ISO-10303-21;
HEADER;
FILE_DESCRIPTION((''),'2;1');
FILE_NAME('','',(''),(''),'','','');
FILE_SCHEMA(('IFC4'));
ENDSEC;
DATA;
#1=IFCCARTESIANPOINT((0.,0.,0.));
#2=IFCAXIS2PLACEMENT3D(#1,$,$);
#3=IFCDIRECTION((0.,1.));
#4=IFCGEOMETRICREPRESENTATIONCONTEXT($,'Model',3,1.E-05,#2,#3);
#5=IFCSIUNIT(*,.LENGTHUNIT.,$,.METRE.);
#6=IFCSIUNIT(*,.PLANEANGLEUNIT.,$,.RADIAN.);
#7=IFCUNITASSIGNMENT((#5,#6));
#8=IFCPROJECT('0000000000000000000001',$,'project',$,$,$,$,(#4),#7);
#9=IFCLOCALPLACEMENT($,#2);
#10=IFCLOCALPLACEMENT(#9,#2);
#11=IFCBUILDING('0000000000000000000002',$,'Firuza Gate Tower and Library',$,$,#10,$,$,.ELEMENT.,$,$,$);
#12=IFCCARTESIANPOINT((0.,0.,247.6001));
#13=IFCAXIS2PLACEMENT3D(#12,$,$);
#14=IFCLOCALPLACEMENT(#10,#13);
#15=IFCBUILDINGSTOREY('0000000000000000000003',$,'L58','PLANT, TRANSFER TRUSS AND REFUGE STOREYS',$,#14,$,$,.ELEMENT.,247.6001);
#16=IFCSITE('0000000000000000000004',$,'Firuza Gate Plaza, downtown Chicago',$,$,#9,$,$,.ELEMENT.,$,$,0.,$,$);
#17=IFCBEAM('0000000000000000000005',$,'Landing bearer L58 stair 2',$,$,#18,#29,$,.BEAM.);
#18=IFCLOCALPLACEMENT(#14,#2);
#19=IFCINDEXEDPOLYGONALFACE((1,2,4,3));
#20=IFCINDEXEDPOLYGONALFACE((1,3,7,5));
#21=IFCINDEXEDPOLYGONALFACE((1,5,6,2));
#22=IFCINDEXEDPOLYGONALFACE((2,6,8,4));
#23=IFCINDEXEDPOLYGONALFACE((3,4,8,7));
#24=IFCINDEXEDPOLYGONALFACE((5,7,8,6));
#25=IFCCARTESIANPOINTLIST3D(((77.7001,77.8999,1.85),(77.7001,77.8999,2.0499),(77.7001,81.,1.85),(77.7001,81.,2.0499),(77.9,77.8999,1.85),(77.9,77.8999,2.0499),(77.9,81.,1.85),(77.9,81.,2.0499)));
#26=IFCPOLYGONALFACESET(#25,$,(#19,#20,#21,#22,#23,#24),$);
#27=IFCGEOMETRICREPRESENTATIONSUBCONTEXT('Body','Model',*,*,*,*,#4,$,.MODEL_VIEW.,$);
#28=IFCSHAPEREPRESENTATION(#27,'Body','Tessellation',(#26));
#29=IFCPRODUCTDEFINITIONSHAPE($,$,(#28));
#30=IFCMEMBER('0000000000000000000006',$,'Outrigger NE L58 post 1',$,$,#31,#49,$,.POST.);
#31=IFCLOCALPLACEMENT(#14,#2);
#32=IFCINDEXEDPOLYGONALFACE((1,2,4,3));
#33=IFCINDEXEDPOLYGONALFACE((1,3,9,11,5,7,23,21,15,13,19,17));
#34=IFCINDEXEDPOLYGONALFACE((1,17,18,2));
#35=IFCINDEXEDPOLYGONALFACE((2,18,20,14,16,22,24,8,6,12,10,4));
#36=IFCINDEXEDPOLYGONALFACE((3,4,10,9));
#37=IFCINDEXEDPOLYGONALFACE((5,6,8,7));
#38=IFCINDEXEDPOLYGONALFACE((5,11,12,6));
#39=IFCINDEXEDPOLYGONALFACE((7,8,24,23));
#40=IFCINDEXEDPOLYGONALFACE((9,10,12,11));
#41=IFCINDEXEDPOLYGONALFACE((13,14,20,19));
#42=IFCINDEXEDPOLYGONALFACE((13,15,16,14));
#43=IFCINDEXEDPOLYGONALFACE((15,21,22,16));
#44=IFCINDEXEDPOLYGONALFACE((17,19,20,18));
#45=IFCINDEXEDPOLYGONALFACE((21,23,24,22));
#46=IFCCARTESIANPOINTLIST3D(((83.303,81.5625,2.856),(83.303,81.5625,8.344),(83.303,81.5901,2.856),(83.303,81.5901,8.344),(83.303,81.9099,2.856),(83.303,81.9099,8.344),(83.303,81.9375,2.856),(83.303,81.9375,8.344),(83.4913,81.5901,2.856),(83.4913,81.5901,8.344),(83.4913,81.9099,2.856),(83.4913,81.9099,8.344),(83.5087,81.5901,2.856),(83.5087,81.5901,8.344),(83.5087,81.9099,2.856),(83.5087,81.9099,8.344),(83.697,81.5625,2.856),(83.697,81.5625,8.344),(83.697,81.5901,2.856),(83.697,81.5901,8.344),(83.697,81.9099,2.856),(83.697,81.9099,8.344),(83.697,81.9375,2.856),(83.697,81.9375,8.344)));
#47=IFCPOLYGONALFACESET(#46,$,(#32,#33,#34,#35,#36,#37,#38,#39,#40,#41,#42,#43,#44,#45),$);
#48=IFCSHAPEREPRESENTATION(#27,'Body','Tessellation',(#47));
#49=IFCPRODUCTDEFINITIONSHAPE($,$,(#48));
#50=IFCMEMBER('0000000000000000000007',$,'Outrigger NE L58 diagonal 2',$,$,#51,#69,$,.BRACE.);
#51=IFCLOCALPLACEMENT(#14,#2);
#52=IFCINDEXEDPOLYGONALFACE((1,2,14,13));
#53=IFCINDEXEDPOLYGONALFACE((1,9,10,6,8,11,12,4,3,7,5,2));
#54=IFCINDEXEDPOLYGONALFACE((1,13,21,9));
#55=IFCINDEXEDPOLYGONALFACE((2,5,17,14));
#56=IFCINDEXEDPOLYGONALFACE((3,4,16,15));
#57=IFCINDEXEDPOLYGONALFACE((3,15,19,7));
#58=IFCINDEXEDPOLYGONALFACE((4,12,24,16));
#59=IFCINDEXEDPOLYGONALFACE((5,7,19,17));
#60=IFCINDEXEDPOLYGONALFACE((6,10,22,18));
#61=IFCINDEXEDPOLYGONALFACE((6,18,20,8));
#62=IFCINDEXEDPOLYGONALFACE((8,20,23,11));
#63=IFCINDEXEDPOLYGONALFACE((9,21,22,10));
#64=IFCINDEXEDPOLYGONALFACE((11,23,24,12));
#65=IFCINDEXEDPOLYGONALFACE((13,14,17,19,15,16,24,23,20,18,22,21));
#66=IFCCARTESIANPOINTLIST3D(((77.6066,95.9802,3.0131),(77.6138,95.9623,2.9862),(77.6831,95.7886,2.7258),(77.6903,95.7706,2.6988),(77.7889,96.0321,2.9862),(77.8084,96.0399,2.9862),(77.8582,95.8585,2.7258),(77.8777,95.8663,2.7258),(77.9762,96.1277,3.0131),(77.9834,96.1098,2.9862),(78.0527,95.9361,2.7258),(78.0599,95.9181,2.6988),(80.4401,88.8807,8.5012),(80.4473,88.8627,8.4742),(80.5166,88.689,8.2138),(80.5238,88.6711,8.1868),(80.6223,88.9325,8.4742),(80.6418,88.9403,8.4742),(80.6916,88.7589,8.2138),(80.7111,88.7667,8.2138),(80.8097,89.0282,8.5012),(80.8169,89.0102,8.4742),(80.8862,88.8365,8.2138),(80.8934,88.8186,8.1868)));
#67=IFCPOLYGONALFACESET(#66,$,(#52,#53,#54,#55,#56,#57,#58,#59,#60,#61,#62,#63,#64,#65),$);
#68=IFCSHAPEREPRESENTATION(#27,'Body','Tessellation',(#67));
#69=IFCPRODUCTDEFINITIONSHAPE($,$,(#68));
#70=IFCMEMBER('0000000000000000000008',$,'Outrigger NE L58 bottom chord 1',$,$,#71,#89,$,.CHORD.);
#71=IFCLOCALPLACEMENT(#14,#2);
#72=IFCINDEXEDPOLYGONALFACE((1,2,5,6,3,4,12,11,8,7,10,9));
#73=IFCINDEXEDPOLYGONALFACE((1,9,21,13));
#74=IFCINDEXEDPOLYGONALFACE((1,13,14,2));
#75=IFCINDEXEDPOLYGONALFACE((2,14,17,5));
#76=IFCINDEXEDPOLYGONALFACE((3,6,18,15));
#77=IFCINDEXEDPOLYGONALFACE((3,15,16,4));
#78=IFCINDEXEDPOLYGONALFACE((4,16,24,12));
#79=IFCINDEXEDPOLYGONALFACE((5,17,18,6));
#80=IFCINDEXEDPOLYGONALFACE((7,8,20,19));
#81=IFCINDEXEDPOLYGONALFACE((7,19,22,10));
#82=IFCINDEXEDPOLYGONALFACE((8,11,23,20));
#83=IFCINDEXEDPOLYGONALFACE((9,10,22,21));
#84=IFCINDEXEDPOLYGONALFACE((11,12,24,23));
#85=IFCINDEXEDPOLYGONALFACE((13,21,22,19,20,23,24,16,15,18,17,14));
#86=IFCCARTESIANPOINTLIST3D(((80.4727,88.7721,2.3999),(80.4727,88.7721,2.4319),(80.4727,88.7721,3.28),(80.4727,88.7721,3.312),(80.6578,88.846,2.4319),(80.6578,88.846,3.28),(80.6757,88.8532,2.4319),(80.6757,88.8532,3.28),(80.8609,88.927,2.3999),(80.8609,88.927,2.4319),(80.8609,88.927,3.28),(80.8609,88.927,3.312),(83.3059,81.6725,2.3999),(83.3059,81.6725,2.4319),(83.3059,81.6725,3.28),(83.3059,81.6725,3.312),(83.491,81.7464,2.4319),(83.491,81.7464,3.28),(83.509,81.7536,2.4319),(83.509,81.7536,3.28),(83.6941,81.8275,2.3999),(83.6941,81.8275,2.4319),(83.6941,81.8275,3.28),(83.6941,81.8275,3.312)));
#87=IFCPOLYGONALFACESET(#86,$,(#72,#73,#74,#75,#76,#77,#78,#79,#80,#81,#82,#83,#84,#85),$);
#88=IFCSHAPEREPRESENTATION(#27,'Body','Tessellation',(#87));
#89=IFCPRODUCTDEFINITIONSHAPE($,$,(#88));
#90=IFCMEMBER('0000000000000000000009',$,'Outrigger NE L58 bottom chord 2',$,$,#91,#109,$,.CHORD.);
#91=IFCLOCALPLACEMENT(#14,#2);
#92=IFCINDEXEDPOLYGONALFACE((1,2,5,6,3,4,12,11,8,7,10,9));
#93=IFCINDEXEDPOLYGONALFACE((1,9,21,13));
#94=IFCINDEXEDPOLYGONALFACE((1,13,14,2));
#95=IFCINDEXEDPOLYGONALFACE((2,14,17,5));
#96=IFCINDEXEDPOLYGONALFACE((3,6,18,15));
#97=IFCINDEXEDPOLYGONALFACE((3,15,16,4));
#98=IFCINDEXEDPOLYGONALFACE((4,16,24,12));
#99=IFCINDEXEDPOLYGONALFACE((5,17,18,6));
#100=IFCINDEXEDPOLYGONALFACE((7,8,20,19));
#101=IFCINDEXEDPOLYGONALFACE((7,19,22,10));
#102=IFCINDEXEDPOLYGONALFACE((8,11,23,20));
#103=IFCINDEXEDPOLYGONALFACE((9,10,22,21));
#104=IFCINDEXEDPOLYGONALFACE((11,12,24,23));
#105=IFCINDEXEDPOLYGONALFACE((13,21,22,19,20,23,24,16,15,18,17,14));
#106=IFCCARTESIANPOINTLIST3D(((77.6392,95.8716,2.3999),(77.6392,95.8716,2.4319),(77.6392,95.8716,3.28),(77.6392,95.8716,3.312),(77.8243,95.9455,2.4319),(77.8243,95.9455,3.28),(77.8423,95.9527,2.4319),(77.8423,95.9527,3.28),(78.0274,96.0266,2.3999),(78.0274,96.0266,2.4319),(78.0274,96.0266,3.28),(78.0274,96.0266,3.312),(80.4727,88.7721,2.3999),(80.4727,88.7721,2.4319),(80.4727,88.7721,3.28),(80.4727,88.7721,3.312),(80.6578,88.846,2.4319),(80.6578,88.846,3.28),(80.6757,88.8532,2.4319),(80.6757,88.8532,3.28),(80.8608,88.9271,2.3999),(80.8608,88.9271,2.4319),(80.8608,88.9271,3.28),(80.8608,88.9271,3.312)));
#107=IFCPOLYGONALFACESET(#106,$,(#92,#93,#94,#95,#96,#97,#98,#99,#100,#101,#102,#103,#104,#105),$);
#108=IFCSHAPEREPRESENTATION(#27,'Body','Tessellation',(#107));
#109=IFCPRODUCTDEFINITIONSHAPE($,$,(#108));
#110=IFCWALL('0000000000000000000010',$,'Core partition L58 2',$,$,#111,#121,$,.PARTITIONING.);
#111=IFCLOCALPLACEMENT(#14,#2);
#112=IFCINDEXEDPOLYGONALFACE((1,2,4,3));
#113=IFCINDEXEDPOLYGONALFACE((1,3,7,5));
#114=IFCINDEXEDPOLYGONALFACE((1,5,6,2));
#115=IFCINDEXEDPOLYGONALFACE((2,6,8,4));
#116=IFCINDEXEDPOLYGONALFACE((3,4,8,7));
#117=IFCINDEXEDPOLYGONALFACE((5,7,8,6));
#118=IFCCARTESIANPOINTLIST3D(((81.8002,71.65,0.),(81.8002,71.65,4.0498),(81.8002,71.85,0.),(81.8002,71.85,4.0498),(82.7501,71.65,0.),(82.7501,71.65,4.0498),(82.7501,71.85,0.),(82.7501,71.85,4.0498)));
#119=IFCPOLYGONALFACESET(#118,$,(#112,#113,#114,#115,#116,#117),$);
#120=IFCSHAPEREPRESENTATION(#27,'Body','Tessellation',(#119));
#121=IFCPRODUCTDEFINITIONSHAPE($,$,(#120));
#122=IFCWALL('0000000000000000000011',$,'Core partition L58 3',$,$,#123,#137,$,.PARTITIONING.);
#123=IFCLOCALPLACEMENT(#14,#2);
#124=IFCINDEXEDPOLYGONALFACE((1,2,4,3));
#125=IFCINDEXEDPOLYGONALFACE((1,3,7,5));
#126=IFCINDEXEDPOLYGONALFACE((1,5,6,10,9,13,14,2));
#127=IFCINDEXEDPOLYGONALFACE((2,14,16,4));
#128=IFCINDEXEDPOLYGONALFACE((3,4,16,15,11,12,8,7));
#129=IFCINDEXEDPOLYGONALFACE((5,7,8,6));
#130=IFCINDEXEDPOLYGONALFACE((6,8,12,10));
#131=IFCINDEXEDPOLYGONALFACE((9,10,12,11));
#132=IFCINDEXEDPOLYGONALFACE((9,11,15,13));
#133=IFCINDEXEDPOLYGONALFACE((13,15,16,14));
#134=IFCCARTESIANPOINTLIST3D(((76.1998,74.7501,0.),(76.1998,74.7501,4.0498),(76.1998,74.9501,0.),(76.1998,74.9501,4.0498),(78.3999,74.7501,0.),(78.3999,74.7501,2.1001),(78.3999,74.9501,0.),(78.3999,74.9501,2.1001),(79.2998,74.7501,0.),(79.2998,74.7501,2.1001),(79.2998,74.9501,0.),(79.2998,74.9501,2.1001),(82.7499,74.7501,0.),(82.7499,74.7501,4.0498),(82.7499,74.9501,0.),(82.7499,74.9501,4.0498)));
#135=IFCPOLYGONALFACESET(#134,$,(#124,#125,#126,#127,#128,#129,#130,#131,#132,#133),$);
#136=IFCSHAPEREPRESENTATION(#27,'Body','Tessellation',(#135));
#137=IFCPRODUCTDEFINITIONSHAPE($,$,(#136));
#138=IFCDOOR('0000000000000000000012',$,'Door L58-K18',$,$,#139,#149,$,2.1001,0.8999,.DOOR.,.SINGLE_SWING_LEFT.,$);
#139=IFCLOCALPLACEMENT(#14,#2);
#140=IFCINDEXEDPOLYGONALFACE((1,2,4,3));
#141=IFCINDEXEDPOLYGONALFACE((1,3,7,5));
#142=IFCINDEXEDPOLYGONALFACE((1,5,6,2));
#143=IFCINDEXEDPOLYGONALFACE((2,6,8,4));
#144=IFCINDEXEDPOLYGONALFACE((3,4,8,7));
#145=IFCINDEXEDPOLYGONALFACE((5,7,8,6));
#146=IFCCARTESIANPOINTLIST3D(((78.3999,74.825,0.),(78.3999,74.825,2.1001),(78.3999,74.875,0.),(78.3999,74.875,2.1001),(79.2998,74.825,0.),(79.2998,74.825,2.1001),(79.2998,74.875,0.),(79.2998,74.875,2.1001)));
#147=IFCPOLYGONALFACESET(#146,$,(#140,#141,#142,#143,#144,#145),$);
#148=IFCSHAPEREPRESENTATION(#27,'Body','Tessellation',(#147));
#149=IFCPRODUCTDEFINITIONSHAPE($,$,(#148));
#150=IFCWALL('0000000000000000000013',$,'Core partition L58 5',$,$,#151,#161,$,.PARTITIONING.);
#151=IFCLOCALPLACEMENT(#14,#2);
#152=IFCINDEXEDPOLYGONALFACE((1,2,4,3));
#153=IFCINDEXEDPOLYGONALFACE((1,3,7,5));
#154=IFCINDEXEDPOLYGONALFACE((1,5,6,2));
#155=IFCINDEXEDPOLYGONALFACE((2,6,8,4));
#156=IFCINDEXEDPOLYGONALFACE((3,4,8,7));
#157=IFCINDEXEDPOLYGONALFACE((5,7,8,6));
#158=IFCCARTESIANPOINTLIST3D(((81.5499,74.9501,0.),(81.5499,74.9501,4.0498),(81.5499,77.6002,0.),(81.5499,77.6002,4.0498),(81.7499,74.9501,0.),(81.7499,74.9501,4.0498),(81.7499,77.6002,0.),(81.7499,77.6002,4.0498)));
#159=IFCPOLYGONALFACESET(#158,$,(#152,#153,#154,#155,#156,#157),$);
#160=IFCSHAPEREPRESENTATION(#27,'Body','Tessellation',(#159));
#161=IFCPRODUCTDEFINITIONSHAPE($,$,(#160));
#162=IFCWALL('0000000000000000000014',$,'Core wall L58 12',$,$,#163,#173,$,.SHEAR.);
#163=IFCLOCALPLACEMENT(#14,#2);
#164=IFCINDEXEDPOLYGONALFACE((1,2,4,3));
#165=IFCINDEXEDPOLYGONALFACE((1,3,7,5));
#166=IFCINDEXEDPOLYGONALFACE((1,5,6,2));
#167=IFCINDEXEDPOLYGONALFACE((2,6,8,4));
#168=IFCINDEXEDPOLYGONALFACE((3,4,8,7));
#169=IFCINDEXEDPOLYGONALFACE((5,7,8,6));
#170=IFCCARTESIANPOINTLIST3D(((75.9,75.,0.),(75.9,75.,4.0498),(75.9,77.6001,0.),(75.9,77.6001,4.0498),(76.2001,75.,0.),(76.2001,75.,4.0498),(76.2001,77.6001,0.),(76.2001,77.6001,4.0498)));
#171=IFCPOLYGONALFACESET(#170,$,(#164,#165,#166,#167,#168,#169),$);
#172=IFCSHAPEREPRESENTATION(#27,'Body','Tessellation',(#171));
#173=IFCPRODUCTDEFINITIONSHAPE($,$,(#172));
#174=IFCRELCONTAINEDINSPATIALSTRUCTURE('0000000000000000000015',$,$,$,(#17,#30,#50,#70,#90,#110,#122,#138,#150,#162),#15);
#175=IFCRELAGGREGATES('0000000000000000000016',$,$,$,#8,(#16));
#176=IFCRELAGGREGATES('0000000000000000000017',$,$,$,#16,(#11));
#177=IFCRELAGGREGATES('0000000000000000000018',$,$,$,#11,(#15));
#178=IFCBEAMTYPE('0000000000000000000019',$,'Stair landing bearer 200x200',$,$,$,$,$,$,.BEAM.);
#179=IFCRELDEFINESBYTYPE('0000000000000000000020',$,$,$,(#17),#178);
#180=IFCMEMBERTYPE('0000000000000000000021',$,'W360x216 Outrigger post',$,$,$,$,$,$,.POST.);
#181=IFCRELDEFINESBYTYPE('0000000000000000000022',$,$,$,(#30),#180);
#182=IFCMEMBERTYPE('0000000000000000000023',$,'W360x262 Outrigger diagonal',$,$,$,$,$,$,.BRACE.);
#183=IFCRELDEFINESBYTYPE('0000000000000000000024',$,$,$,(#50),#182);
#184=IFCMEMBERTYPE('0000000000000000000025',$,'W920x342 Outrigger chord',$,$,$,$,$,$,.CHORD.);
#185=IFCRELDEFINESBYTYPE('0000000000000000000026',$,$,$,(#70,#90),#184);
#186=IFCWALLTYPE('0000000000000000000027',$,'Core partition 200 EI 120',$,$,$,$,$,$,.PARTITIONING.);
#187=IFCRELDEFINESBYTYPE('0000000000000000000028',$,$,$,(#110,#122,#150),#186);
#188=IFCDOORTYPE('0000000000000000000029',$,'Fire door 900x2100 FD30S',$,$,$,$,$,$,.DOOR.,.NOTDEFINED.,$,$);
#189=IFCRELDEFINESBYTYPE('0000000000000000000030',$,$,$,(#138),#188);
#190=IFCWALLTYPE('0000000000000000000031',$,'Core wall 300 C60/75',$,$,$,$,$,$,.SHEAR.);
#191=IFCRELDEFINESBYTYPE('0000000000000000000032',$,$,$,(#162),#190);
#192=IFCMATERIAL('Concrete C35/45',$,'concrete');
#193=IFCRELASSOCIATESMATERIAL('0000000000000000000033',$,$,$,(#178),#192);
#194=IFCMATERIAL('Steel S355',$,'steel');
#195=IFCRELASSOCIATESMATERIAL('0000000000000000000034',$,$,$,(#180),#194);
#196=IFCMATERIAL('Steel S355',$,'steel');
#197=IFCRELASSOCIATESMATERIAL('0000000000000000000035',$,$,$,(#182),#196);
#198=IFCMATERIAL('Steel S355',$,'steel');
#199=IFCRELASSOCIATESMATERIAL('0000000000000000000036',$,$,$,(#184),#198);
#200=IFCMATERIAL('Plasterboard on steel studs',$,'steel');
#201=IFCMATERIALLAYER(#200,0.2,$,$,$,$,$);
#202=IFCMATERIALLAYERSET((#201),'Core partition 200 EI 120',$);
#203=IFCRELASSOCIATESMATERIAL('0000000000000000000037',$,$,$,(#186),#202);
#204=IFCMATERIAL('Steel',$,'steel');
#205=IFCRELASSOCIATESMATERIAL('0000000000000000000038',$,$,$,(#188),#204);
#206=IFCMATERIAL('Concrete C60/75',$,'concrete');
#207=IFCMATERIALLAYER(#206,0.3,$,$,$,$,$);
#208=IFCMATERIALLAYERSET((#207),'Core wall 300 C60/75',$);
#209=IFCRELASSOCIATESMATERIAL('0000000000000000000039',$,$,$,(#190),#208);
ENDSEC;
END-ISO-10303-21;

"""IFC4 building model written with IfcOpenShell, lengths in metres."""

from ifc_helpers import new_model, si_unit, direction, frame, frame_2d, origin, origin_2d, place, context, subcontext, project, spatial, rectangle, i_section, extrude, material, layer, layer_set, material_profile, profile_set, type_object, element, fill, save


model = new_model("IFC4")

# Units and contexts
model_context = context("Model", 3, precision=1e-05, world=origin(), true_north=direction((0.0, 1.0)))
body_context = subcontext(model_context, "Body", "Model", "MODEL_VIEW")
ifc_project = project(units=[si_unit("LENGTHUNIT", "METRE"), si_unit("PLANEANGLEUNIT", "RADIAN")], contexts=[model_context])

# Site, building, storey
site_placement = place(None, origin())
site = spatial("IfcSite", under=ifc_project, at=site_placement, Name="Firuza Gate Plaza, downtown Chicago", CompositionType="ELEMENT", RefElevation=0.0)
building_placement = place(site_placement, origin())
building = spatial("IfcBuilding", under=site, at=building_placement, Name="Firuza Gate Tower and Library", CompositionType="ELEMENT")
storey_placement = place(building_placement, frame((0.0, 0.0, 247.6001)))
storey = spatial("IfcBuildingStorey", under=building, at=storey_placement, Name="L58", Description="PLANT, TRANSFER TRUSS AND REFUGE STOREYS", CompositionType="ELEMENT", Elevation=247.6001)

# Beam
ifc_material_1 = material(Name="Concrete C35/45", Category="concrete")
ifc_material_profile_1 = material_profile(ifc_material_1, rectangle(XDim=0.2, YDim=0.2, at=origin_2d()))
ifc_profile_set_1 = profile_set([ifc_material_profile_1], Name="Concrete C35/45")
beam_type = type_object("IfcBeamType", Name="Stair landing bearer 200x200", PredefinedType="BEAM", material=ifc_profile_set_1)
beam_placement = place(storey_placement, frame((77.8, 81.0, 1.95), z_axis=(0.0, -1.0, 0.0), x_axis=(1.0, 0.0, 0.0)))
element("IfcBeam", 1, at=beam_placement, inside=storey, type_object=beam_type, Name="Landing bearer L58 stair 2", PredefinedType="BEAM", context=body_context, shape_type="SweptSolid", body=[
    extrude(rectangle(XDim=0.2, YDim=0.2, at=origin_2d()), origin(), (0.0, 0.0, 1.0), 3.1001),
])

# Members
ifc_material_2 = material(Name="Steel S355", Category="steel")
ifc_material_profile_2 = material_profile(ifc_material_2, i_section(OverallWidth=0.394, OverallDepth=0.375, WebThickness=0.0173, FlangeThickness=0.0276, at=origin_2d()))
ifc_profile_set_2 = profile_set([ifc_material_profile_2], Name="Steel S355")
member_type_1 = type_object("IfcMemberType", Name="W360x216 Outrigger post", PredefinedType="POST", material=ifc_profile_set_2)
member_1_placement = place(storey_placement, frame((83.5, 81.75, 2.856), z_axis=(0.0, 0.0, 1.0), x_axis=(1.0, 0.0, 0.0)))
element("IfcMember", 2, at=member_1_placement, inside=storey, type_object=member_type_1, Name="Outrigger NE L58 post 1", PredefinedType="POST", context=body_context, shape_type="SweptSolid", body=[
    extrude(i_section(OverallWidth=0.394, OverallDepth=0.375, WebThickness=0.0173, FlangeThickness=0.0276, at=origin_2d()), origin(), (0.0, 0.0, 1.0), 5.488),
])
ifc_material_3 = material(Name="Steel S355", Category="steel")
ifc_material_profile_3 = material_profile(ifc_material_3, i_section(OverallWidth=0.3979, OverallDepth=0.387, WebThickness=0.021, FlangeThickness=0.0332, at=origin_2d()))
ifc_profile_set_3 = profile_set([ifc_material_profile_3], Name="Steel S355")
member_type_2 = type_object("IfcMemberType", Name="W360x262 Outrigger diagonal", PredefinedType="BRACE", material=ifc_profile_set_3)
member_2_placement = place(storey_placement, frame((80.6667, 88.8496, 8.344), z_axis=(-0.301109, 0.75446, -0.583201), x_axis=(-0.928763, -0.370675, 0.0)))
element("IfcMember", 3, at=member_2_placement, inside=storey, type_object=member_type_2, Name="Outrigger NE L58 diagonal 2", PredefinedType="BRACE", context=body_context, shape_type="SweptSolid", body=[
    extrude(i_section(OverallWidth=0.3979, OverallDepth=0.387, WebThickness=0.021, FlangeThickness=0.0332, at=origin_2d()), origin(), (0.0, 0.0, 1.0), 9.4102),
])
ifc_material_4 = material(Name="Steel S355", Category="steel")
ifc_material_profile_4 = material_profile(ifc_material_4, i_section(OverallWidth=0.418, OverallDepth=0.9121, WebThickness=0.0193, FlangeThickness=0.032, at=origin_2d()))
ifc_profile_set_4 = profile_set([ifc_material_profile_4], Name="Steel S355")
member_type_3 = type_object("IfcMemberType", Name="W920x342 Outrigger chord", PredefinedType="CHORD", material=ifc_profile_set_4)
for number, where, z_axis, x_axis, name in (
    (4, (83.5, 81.75, 2.856), (-0.370647, 0.928774, 0.0), (-0.928774, -0.370647, 0.0), "Outrigger NE L58 bottom chord 1"),
    (5, (80.6667, 88.8496, 2.856), (-0.370675, 0.928763, 0.0), (-0.928763, -0.370675, 0.0), "Outrigger NE L58 bottom chord 2"),
):
    element("IfcMember", number, at=place(storey_placement, frame(where, z_axis=z_axis, x_axis=x_axis)), inside=storey, type_object=member_type_3, Name=name, PredefinedType="CHORD", context=body_context, shape_type="SweptSolid", body=[
        extrude(i_section(OverallWidth=0.418, OverallDepth=0.9121, WebThickness=0.0193, FlangeThickness=0.032, at=origin_2d()), origin(), (0.0, 0.0, 1.0), 7.644),
    ])

# Wall
ifc_material_5 = material(Name="Plasterboard on steel studs", Category="steel")
ifc_layer_1 = layer(ifc_material_5, 0.2)
ifc_layer_set_1 = layer_set([ifc_layer_1], Name="Core partition 200 EI 120")
wall_type_1 = type_object("IfcWallType", Name="Core partition 200 EI 120", PredefinedType="PARTITIONING", material=ifc_layer_set_1)
wall_1_placement = place(storey_placement, frame((81.8, 71.75, 0.0), z_axis=(0.0, 0.0, 1.0), x_axis=(1.0, 0.0, 0.0)))
element("IfcWall", 6, at=wall_1_placement, inside=storey, type_object=wall_type_1, Name="Core partition L58 2", PredefinedType="PARTITIONING", context=body_context, shape_type="SweptSolid", body=[
    extrude(rectangle(XDim=0.95, YDim=0.2, at=frame_2d((0.4751, 0.0))), origin(), (0.0, 0.0, 1.0), 4.0498),
])

# Wall, opening, door
wall_2_placement = place(storey_placement, frame((76.2, 74.8501, 0.0), z_axis=(0.0, 0.0, 1.0), x_axis=(1.0, 0.0, 0.0)))
wall_2 = element("IfcWall", 7, at=wall_2_placement, inside=storey, type_object=wall_type_1, Name="Core partition L58 3", PredefinedType="PARTITIONING", context=body_context, shape_type="SweptSolid", body=[
    extrude(rectangle(XDim=6.55, YDim=0.2, at=frame_2d((3.2749, 0.0))), origin(), (0.0, 0.0, 1.0), 4.0498),
])
opening_1_placement = place(wall_2_placement, frame((2.2, 0.0, 0.0)))
opening_1 = element("IfcOpeningElement", 8, at=opening_1_placement, cuts=wall_2, PredefinedType="OPENING", context=body_context, shape_type="SweptSolid", body=[
    extrude(rectangle(XDim=0.8999, YDim=2.1001, at=frame_2d((0.45, 1.05))), frame((0.0, 0.1099, 0.0), z_axis=(0.0, -1.0, 0.0), x_axis=(1.0, 0.0, 0.0)), (0.0, 0.0, 1.0), 0.22),
])
ifc_material_6 = material(Name="Steel", Category="steel")
door_type_1 = type_object("IfcDoorType", Name="Fire door 900x2100 FD30S", OperationType="NOTDEFINED", PredefinedType="DOOR", material=ifc_material_6)
door_1_placement = place(opening_1_placement, origin())
door_1 = element("IfcDoor", 9, at=door_1_placement, inside=storey, type_object=door_type_1, Name="Door L58-K18", OperationType="SINGLE_SWING_LEFT", OverallHeight=2.1001, OverallWidth=0.8999, PredefinedType="DOOR", context=body_context, shape_type="SweptSolid", body=[
    extrude(rectangle(XDim=0.8999, YDim=2.1001, at=frame_2d((0.45, 1.05))), frame((0.0, 0.0249, 0.0), z_axis=(0.0, -1.0, 0.0), x_axis=(1.0, 0.0, 0.0)), (0.0, 0.0, 1.0), 0.05),
])
fill(opening_1, door_1)

# Walls
wall_3_placement = place(storey_placement, frame((81.6499, 74.95, 0.0), z_axis=(0.0, 0.0, 1.0), x_axis=(0.0, 1.0, 0.0)))
element("IfcWall", 10, at=wall_3_placement, inside=storey, type_object=wall_type_1, Name="Core partition L58 5", PredefinedType="PARTITIONING", context=body_context, shape_type="SweptSolid", body=[
    extrude(rectangle(XDim=2.6501, YDim=0.2, at=frame_2d((1.3252, 0.0))), origin(), (0.0, 0.0, 1.0), 4.0498),
])
ifc_material_7 = material(Name="Concrete C60/75", Category="concrete")
ifc_layer_2 = layer(ifc_material_7, 0.3)
ifc_layer_set_2 = layer_set([ifc_layer_2], Name="Core wall 300 C60/75")
wall_type_2 = type_object("IfcWallType", Name="Core wall 300 C60/75", PredefinedType="SHEAR", material=ifc_layer_set_2)
wall_4_placement = place(storey_placement, frame((76.05, 75.0, 0.0), z_axis=(0.0, 0.0, 1.0), x_axis=(0.0, 1.0, 0.0)))
element("IfcWall", 11, at=wall_4_placement, inside=storey, type_object=wall_type_2, Name="Core wall L58 12", PredefinedType="SHEAR", context=body_context, shape_type="SweptSolid", body=[
    extrude(rectangle(XDim=2.6001, YDim=0.3, at=frame_2d((1.3, 0.0))), origin(), (0.0, 0.0, 1.0), 4.0498),
])

save(model, "model.ifc")
